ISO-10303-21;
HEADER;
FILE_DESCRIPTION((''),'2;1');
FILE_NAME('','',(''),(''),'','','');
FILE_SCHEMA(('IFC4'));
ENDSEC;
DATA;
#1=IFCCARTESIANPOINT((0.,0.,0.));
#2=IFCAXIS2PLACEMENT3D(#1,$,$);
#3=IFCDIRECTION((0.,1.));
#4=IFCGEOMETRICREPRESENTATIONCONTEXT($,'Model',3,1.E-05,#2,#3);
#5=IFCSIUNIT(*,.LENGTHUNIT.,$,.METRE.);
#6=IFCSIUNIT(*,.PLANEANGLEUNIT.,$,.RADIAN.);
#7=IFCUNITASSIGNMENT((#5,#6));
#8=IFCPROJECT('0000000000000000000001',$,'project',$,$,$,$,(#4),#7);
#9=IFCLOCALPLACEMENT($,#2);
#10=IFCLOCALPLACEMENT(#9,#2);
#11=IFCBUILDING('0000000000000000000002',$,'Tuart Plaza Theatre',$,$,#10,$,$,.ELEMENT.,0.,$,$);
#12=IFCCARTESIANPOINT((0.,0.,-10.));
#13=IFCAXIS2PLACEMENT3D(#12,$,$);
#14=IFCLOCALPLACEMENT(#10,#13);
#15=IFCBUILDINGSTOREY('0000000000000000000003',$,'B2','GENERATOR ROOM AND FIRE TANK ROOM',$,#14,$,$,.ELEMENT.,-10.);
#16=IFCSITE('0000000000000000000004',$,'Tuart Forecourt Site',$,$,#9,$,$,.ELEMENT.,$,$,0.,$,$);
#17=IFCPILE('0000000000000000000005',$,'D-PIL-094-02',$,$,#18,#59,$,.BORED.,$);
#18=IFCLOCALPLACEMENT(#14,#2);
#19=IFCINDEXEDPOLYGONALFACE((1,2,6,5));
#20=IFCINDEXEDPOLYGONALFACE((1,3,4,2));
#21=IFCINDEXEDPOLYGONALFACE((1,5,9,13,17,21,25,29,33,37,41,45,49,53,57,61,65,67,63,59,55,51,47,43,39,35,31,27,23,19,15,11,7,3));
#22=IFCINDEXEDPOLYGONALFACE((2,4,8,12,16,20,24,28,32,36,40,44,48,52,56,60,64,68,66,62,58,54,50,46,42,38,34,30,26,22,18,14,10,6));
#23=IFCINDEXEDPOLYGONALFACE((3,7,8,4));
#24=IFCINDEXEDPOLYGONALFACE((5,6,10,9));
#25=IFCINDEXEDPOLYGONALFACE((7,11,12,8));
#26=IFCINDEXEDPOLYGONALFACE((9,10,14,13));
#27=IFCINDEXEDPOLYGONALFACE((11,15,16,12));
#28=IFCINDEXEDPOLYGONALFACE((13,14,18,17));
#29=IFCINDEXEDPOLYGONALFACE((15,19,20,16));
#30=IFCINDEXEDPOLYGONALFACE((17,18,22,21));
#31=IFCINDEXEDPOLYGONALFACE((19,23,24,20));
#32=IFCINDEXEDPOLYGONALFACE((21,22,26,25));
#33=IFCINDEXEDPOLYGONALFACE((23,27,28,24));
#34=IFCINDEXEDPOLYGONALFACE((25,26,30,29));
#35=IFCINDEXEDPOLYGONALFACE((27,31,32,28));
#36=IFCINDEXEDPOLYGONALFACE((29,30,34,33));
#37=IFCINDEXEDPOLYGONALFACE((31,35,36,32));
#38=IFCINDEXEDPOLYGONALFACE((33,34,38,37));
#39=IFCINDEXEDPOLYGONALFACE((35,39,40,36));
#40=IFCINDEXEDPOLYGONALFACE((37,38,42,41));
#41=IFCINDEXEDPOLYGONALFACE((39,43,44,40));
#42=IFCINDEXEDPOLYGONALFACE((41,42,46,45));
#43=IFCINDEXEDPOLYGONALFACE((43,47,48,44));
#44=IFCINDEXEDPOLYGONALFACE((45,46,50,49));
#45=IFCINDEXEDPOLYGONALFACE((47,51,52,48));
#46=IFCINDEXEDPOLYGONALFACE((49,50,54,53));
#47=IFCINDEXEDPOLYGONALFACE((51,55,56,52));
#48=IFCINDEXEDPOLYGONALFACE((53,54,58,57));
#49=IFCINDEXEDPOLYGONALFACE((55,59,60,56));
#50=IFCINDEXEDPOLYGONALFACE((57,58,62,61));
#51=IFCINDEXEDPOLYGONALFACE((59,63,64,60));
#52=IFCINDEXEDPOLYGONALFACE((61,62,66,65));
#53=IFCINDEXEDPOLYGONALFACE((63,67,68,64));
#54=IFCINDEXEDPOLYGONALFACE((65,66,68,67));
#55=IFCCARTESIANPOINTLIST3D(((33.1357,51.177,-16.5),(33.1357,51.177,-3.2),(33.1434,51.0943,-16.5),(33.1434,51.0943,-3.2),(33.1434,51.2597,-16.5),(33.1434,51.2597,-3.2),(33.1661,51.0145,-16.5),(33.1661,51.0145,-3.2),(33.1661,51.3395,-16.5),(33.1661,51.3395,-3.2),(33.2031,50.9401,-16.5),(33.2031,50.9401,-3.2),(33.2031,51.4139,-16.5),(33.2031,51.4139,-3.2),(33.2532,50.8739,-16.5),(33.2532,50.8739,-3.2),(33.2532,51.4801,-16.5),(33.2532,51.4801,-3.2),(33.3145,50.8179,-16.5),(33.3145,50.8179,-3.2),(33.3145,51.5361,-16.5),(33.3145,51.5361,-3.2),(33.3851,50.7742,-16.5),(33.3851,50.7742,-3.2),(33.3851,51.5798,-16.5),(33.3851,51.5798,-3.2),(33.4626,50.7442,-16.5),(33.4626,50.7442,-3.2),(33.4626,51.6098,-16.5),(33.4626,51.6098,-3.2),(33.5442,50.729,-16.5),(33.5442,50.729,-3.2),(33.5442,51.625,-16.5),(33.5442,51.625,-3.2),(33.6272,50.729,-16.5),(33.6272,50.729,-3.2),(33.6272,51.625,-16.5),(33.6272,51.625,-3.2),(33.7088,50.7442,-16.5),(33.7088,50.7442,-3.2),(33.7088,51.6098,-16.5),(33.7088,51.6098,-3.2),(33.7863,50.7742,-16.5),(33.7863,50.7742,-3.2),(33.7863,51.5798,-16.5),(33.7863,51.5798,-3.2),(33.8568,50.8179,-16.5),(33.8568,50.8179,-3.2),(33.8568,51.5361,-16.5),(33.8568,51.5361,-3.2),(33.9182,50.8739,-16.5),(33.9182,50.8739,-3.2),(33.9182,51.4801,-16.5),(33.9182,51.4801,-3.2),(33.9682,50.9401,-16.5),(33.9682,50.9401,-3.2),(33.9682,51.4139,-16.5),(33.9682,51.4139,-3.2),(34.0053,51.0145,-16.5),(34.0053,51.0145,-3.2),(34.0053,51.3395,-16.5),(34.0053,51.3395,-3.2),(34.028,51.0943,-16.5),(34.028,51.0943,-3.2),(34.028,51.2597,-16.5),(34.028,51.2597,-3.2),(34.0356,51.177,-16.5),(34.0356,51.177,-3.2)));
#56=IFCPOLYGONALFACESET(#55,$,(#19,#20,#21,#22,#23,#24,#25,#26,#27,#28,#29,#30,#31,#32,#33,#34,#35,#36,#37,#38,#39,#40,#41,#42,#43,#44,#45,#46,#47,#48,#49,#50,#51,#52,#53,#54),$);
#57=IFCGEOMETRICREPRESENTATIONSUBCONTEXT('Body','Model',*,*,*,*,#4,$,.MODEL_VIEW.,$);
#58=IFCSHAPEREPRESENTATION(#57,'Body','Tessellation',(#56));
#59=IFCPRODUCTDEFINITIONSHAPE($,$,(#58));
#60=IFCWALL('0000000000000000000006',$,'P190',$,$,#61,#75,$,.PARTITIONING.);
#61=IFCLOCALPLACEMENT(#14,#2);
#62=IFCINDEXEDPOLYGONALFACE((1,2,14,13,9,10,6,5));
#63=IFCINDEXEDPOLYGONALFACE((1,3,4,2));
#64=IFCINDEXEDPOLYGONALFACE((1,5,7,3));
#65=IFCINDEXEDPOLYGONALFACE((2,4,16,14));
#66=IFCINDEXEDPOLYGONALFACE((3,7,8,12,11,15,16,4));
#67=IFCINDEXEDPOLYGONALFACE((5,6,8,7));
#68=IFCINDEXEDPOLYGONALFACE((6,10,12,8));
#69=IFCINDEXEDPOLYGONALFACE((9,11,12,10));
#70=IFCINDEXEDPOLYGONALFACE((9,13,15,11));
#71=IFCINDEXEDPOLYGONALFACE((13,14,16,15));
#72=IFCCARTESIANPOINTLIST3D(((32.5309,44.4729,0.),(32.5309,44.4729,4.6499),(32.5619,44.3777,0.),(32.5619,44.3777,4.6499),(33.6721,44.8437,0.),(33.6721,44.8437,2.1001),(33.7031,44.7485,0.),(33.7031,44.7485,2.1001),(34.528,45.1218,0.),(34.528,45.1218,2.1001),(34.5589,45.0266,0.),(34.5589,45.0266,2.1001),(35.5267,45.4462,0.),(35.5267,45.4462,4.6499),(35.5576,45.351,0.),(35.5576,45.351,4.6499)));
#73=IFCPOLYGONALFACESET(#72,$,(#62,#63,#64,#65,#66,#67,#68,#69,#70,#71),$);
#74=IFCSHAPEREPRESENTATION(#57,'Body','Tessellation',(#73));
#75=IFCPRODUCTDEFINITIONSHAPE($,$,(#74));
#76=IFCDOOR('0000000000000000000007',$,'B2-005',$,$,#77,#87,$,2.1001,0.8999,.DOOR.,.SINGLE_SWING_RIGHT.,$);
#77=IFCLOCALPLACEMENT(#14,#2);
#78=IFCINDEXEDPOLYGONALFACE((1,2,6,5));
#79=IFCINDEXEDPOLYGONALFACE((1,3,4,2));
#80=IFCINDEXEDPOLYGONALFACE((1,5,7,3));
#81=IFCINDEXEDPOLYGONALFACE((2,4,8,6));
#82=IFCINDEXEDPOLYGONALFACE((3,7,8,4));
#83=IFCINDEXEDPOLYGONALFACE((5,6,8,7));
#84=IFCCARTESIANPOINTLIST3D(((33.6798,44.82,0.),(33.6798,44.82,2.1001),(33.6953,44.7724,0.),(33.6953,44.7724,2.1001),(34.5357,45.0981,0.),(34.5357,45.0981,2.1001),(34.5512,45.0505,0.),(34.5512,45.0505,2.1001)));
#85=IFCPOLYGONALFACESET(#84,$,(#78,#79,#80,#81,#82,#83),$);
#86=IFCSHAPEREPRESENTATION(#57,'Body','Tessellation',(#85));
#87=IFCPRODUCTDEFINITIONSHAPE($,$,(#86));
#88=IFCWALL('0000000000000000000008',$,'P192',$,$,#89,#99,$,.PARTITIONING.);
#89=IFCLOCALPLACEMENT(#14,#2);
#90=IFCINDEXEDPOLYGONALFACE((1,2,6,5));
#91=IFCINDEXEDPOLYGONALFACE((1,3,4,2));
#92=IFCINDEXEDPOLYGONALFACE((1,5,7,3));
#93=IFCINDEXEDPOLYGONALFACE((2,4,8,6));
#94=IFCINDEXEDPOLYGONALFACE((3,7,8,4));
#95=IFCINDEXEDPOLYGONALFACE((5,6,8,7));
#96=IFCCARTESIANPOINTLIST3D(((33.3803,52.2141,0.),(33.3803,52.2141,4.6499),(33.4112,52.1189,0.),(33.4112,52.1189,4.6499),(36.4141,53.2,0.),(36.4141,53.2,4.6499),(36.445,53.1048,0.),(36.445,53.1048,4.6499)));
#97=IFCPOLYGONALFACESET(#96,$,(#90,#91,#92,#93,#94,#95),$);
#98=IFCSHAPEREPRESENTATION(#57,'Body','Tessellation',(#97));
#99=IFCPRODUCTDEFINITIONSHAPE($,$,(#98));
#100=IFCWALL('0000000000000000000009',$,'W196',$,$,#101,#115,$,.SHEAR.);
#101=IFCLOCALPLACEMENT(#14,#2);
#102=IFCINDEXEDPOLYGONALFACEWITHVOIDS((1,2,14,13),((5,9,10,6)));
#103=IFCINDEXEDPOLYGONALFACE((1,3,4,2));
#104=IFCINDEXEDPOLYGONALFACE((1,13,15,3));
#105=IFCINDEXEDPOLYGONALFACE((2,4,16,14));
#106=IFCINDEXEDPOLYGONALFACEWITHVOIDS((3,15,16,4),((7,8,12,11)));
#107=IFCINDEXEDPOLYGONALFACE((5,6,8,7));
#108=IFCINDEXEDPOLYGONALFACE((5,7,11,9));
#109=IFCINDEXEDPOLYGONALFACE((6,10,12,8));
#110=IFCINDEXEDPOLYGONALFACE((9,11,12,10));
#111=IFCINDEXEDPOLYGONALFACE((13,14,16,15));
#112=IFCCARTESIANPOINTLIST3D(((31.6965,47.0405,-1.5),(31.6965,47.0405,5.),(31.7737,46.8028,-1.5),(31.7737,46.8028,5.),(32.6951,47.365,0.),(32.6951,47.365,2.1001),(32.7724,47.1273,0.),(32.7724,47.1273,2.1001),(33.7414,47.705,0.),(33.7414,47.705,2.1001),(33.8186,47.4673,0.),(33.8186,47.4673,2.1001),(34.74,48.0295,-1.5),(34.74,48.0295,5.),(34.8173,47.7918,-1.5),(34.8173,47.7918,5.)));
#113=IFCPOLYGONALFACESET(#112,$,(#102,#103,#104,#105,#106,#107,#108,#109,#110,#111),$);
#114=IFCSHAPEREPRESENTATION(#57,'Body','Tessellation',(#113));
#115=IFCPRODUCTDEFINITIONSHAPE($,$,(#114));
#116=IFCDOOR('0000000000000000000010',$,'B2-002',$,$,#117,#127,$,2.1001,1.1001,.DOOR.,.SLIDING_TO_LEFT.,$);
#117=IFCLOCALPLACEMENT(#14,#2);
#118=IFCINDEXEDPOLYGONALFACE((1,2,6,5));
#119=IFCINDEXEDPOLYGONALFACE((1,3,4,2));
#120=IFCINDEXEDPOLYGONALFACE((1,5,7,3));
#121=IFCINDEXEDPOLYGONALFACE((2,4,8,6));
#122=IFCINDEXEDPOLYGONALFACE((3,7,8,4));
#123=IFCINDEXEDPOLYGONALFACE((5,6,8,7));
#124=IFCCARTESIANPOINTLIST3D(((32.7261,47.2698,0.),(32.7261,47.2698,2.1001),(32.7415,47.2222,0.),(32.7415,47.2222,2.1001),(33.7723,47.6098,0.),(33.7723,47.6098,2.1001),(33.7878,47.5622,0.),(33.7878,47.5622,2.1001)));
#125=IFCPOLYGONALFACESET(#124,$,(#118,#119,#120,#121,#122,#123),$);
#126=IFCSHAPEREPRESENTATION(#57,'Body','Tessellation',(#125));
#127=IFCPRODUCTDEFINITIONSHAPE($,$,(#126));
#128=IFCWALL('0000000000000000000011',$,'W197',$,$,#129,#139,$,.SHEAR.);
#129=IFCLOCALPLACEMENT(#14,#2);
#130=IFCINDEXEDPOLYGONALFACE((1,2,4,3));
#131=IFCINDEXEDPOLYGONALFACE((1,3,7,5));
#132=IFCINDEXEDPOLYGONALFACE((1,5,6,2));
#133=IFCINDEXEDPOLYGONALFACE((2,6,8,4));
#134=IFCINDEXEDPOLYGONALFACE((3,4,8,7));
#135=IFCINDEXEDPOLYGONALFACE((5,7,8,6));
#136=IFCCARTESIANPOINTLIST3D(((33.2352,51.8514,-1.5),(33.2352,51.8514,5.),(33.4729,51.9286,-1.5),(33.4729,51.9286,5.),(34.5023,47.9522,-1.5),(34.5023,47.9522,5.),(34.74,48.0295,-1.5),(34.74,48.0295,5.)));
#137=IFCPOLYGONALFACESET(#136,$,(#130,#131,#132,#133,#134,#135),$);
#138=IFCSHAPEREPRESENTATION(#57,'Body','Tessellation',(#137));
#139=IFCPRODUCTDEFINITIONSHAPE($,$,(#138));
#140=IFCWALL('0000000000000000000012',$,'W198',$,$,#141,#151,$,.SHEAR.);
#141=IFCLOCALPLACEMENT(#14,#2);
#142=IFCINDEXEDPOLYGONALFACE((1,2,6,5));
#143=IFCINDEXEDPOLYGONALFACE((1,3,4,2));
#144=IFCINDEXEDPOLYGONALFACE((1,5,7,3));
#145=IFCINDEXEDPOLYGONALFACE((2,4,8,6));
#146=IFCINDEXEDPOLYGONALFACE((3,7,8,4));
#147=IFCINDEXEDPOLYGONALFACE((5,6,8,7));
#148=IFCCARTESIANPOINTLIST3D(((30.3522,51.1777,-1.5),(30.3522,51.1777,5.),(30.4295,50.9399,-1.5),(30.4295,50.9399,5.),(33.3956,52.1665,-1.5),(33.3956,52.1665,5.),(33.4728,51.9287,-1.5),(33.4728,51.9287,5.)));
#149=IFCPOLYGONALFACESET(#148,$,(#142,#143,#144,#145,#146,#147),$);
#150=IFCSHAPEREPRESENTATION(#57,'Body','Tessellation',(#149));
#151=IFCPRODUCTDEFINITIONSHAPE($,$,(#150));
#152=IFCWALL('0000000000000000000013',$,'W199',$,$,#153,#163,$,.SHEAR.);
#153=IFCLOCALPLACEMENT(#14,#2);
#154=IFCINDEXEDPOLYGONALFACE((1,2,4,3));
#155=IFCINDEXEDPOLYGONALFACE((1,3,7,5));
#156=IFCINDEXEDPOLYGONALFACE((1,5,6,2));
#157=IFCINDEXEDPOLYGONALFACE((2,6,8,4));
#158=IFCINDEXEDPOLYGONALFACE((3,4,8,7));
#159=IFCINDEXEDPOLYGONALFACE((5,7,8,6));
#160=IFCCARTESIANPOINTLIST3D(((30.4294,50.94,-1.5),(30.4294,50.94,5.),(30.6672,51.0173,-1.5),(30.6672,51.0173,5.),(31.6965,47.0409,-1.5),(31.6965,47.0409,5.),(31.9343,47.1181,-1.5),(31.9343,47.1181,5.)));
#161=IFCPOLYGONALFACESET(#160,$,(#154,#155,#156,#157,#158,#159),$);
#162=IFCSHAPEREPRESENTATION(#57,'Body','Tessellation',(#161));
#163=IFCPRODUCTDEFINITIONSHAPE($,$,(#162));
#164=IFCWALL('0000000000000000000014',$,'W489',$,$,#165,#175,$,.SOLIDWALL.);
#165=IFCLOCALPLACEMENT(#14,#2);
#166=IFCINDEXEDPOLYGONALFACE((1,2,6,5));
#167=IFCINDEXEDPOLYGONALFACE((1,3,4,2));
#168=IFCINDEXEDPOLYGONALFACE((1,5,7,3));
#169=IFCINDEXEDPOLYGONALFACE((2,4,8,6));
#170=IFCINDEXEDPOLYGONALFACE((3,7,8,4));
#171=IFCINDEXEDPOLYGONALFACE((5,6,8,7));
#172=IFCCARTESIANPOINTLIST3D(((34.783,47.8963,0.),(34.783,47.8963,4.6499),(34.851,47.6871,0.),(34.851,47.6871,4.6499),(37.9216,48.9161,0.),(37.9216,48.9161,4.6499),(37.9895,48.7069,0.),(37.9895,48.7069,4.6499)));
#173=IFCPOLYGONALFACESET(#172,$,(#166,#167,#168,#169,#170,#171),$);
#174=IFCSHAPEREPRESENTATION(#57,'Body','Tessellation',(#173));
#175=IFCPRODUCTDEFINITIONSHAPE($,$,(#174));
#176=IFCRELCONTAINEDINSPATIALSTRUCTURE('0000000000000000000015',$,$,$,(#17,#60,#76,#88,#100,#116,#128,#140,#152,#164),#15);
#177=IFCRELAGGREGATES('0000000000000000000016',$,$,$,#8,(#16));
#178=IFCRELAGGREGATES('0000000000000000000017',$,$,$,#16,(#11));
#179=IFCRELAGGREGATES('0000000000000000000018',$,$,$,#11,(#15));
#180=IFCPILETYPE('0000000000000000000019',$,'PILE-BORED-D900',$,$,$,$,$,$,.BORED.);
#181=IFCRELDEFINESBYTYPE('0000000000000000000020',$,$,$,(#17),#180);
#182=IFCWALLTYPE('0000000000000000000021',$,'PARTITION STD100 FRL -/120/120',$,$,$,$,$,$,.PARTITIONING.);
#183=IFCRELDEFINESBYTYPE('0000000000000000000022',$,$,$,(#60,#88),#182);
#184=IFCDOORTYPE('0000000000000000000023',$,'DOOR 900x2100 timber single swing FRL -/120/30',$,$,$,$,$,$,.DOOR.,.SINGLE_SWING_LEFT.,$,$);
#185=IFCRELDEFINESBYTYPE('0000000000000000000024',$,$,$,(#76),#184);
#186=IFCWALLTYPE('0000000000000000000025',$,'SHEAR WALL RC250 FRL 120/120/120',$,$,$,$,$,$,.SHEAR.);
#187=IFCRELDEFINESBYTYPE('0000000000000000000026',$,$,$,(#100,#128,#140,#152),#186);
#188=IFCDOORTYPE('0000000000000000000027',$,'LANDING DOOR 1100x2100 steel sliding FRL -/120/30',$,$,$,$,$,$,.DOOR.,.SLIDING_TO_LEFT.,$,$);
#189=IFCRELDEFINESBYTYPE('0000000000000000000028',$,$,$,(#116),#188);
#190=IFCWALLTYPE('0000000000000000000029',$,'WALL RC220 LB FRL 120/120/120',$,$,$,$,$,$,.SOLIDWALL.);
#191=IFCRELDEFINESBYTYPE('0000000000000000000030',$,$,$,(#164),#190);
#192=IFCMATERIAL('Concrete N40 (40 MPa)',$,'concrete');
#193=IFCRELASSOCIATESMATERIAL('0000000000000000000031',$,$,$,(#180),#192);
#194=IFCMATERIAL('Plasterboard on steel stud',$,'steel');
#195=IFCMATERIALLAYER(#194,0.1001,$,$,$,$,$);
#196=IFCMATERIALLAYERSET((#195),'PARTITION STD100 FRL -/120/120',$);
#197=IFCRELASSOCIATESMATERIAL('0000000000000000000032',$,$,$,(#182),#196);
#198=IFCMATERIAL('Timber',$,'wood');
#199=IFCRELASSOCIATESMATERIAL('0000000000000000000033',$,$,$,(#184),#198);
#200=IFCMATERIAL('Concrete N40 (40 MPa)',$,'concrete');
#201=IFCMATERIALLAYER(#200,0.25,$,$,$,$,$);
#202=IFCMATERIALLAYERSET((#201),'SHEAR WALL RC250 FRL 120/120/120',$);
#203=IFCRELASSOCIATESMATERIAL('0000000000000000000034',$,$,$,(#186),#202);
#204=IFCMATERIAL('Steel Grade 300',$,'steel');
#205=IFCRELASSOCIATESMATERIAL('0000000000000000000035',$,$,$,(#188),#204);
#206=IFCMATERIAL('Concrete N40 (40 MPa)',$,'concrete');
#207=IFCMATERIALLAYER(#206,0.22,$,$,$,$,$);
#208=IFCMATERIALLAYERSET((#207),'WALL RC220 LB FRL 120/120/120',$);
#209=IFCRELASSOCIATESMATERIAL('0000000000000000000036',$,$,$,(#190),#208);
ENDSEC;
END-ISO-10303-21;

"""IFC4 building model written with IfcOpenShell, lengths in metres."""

from ifc_helpers import new_model, si_unit, direction, frame, frame_2d, origin, origin_2d, place, context, subcontext, project, spatial, rectangle, circle, extrude, material, layer, layer_set, material_profile, profile_set, type_object, element, fill, save


model = new_model("IFC4")

# Units and contexts
model_context = context("Model", 3, precision=1e-05, world=origin(), true_north=direction((0.0, 1.0)))
body_context = subcontext(model_context, "Body", "Model", "MODEL_VIEW")
ifc_project = project(units=[si_unit("LENGTHUNIT", "METRE"), si_unit("PLANEANGLEUNIT", "RADIAN")], contexts=[model_context])

# Site, building, storey
site_placement = place(None, origin())
site = spatial("IfcSite", under=ifc_project, at=site_placement, Name="Tuart Forecourt Site", CompositionType="ELEMENT", RefElevation=0.0)
building_placement = place(site_placement, origin())
building = spatial("IfcBuilding", under=site, at=building_placement, Name="Tuart Plaza Theatre", CompositionType="ELEMENT", ElevationOfRefHeight=0.0)
storey_placement = place(building_placement, frame((0.0, 0.0, -10.0)))
storey = spatial("IfcBuildingStorey", under=building, at=storey_placement, Name="B2", Description="GENERATOR ROOM AND FIRE TANK ROOM", CompositionType="ELEMENT", Elevation=-10.0)

# Pile
ifc_material_1 = material(Name="Concrete N40 (40 MPa)", Category="concrete")
ifc_material_profile = material_profile(ifc_material_1, circle(Radius=0.45, at=origin_2d()), Name="PILE-BORED-D900")
ifc_profile_set = profile_set([ifc_material_profile], Name="Concrete N40 (40 MPa)")
pile_type = type_object("IfcPileType", Name="PILE-BORED-D900", PredefinedType="BORED", material=ifc_profile_set)
for number, where, z_axis, x_axis, name in (
    (1, (33.5857, 51.177, -3.2), (0.0, 0.0, -1.0), (1.0, 0.0, 0.0), "D-PIL-094-02"),
):
    element("IfcPile", number, at=place(storey_placement, frame(where, z_axis=z_axis, x_axis=x_axis)), inside=storey, type_object=pile_type, Name=name, PredefinedType="BORED", context=body_context, shape_type="SweptSolid", body=[
        extrude(circle(Radius=0.45, at=origin_2d()), origin(), (0.0, 0.0, 1.0), 13.3),
    ])

# Wall, opening, door
ifc_material_2 = material(Name="Plasterboard on steel stud", Category="steel")
ifc_layer_1 = layer(ifc_material_2, 0.1001)
ifc_layer_set_1 = layer_set([ifc_layer_1], Name="PARTITION STD100 FRL -/120/120")
wall_type_1 = type_object("IfcWallType", Name="PARTITION STD100 FRL -/120/120", PredefinedType="PARTITIONING", material=ifc_layer_set_1)
wall_1_placement = place(storey_placement, frame((32.5464, 44.4253, 0.0), z_axis=(0.0, 0.0, 1.0), x_axis=(0.951059, 0.309011, 0.0)))
wall_1 = element("IfcWall", 2, at=wall_1_placement, inside=storey, type_object=wall_type_1, Name="P190", PredefinedType="PARTITIONING", context=body_context, shape_type="SweptSolid", body=[
    extrude(rectangle(XDim=3.1499, YDim=0.1001, at=frame_2d((1.575, 0.0))), origin(), (0.0, 0.0, 1.0), 4.6499),
])
opening_1_placement = place(wall_1_placement, frame((1.2, 0.0, 0.0)))
opening_1 = element("IfcOpeningElement", 3, at=opening_1_placement, cuts=wall_1, PredefinedType="OPENING", context=body_context, shape_type="SweptSolid", body=[
    extrude(rectangle(XDim=0.8999, YDim=2.1001, at=frame_2d((0.45, 1.05))), frame((0.0, 0.0601, 0.0), z_axis=(0.0, -1.0, 0.0), x_axis=(1.0, 0.0, 0.0)), (0.0, 0.0, 1.0), 0.1201),
])
ifc_material_3 = material(Name="Timber", Category="wood")
door_type_1 = type_object("IfcDoorType", Name="DOOR 900x2100 timber single swing FRL -/120/30", OperationType="SINGLE_SWING_LEFT", PredefinedType="DOOR", material=ifc_material_3)
door_1_placement = place(opening_1_placement, frame((0.8999, 0.0, 0.0), z_axis=(0.0, 0.0, 1.0), x_axis=(-1.0, 0.0, 0.0)))
door_1 = element("IfcDoor", 4, at=door_1_placement, inside=storey, type_object=door_type_1, Name="B2-005", OperationType="SINGLE_SWING_RIGHT", OverallHeight=2.1001, OverallWidth=0.8999, PredefinedType="DOOR", context=body_context, shape_type="SweptSolid", body=[
    extrude(rectangle(XDim=0.8999, YDim=2.1001, at=frame_2d((0.45, 1.05))), frame((0.0, 0.0249, 0.0), z_axis=(0.0, -1.0, 0.0), x_axis=(1.0, 0.0, 0.0)), (0.0, 0.0, 1.0), 0.05),
])
fill(opening_1, door_1)

# Wall
wall_2_placement = place(storey_placement, frame((33.3958, 52.1665, 0.0), z_axis=(0.0, 0.0, 1.0), x_axis=(0.951044, 0.309055, 0.0)))
element("IfcWall", 5, at=wall_2_placement, inside=storey, type_object=wall_type_1, Name="P192", PredefinedType="PARTITIONING", context=body_context, shape_type="SweptSolid", body=[
    extrude(rectangle(XDim=3.1899, YDim=0.1001, at=frame_2d((1.595, 0.0))), origin(), (0.0, 0.0, 1.0), 4.6499),
])

# Wall, opening, door
ifc_material_4 = material(Name="Concrete N40 (40 MPa)", Category="concrete")
ifc_layer_2 = layer(ifc_material_4, 0.25)
ifc_layer_set_2 = layer_set([ifc_layer_2], Name="SHEAR WALL RC250 FRL 120/120/120")
wall_type_2 = type_object("IfcWallType", Name="SHEAR WALL RC250 FRL 120/120/120", PredefinedType="SHEAR", material=ifc_layer_set_2)
wall_3_placement = place(storey_placement, frame((31.7351, 46.9216, -1.5), z_axis=(0.0, 0.0, 1.0), x_axis=(0.951044, 0.309055, 0.0)))
wall_3 = element("IfcWall", 6, at=wall_3_placement, inside=storey, type_object=wall_type_2, Name="W196", PredefinedType="SHEAR", context=body_context, shape_type="SweptSolid", body=[
    extrude(rectangle(XDim=3.2002, YDim=0.25, at=frame_2d((1.6001, 0.0))), origin(), (0.0, 0.0, 1.0), 6.5),
])
opening_2_placement = place(wall_3_placement, frame((1.05, 0.0, 1.5)))
opening_2 = element("IfcOpeningElement", 7, at=opening_2_placement, cuts=wall_3, PredefinedType="OPENING", context=body_context, shape_type="SweptSolid", body=[
    extrude(rectangle(XDim=1.1001, YDim=2.1001, at=frame_2d((0.55, 1.05))), frame((0.0, 0.135, 0.0), z_axis=(0.0, -1.0, 0.0), x_axis=(1.0, 0.0, 0.0)), (0.0, 0.0, 1.0), 0.27),
])
ifc_material_5 = material(Name="Steel Grade 300", Category="steel")
door_type_2 = type_object("IfcDoorType", Name="LANDING DOOR 1100x2100 steel sliding FRL -/120/30", OperationType="SLIDING_TO_LEFT", PredefinedType="DOOR", material=ifc_material_5)
door_2_placement = place(opening_2_placement, origin())
door_2 = element("IfcDoor", 8, at=door_2_placement, inside=storey, type_object=door_type_2, Name="B2-002", OperationType="SLIDING_TO_LEFT", OverallHeight=2.1001, OverallWidth=1.1001, PredefinedType="DOOR", context=body_context, shape_type="SweptSolid", body=[
    extrude(rectangle(XDim=1.1001, YDim=2.1001, at=frame_2d((0.55, 1.05))), frame((0.0, 0.0249, 0.0), z_axis=(0.0, -1.0, 0.0), x_axis=(1.0, 0.0, 0.0)), (0.0, 0.0, 1.0), 0.05),
])
fill(opening_2, door_2)

# Walls
wall_4_placement = place(storey_placement, frame((34.6211, 47.991, -1.5), z_axis=(0.0, 0.0, 1.0), x_axis=(-0.309055, 0.951044, 0.0)))
element("IfcWall", 9, at=wall_4_placement, inside=storey, type_object=wall_type_2, Name="W197", PredefinedType="SHEAR", context=body_context, shape_type="SweptSolid", body=[
    extrude(rectangle(XDim=4.0999, YDim=0.25, at=frame_2d((2.0498, 0.0))), origin(), (0.0, 0.0, 1.0), 6.5),
])
wall_5_placement = place(storey_placement, frame((33.4343, 52.0476, -1.5), z_axis=(0.0, 0.0, 1.0), x_axis=(-0.951067, -0.308986, 0.0)))
element("IfcWall", 10, at=wall_5_placement, inside=storey, type_object=wall_type_2, Name="W198", PredefinedType="SHEAR", context=body_context, shape_type="SweptSolid", body=[
    extrude(rectangle(XDim=3.2, YDim=0.25, at=frame_2d((1.6001, 0.0))), origin(), (0.0, 0.0, 1.0), 6.5),
])
wall_6_placement = place(storey_placement, frame((30.5483, 50.9785, -1.5), z_axis=(0.0, 0.0, 1.0), x_axis=(0.309055, -0.951044, 0.0)))
element("IfcWall", 11, at=wall_6_placement, inside=storey, type_object=wall_type_2, Name="W199", PredefinedType="SHEAR", context=body_context, shape_type="SweptSolid", body=[
    extrude(rectangle(XDim=4.0999, YDim=0.25, at=frame_2d((2.0498, 0.0))), origin(), (0.0, 0.0, 1.0), 6.5),
])
ifc_material_6 = material(Name="Concrete N40 (40 MPa)", Category="concrete")
ifc_layer_3 = layer(ifc_material_6, 0.22)
ifc_layer_set_3 = layer_set([ifc_layer_3], Name="WALL RC220 LB FRL 120/120/120")
wall_type_3 = type_object("IfcWallType", Name="WALL RC220 LB FRL 120/120/120", PredefinedType="SOLIDWALL", material=ifc_layer_set_3)
wall_7_placement = place(storey_placement, frame((34.8171, 47.7917, 0.0), z_axis=(0.0, 0.0, 1.0), x_axis=(0.951053, 0.309028, 0.0)))
element("IfcWall", 12, at=wall_7_placement, inside=storey, type_object=wall_type_3, Name="W489", PredefinedType="SOLIDWALL", context=body_context, shape_type="SweptSolid", body=[
    extrude(rectangle(XDim=3.3, YDim=0.22, at=frame_2d((1.6499, 0.0))), origin(), (0.0, 0.0, 1.0), 4.6499),
])

save(model, "model.ifc")
